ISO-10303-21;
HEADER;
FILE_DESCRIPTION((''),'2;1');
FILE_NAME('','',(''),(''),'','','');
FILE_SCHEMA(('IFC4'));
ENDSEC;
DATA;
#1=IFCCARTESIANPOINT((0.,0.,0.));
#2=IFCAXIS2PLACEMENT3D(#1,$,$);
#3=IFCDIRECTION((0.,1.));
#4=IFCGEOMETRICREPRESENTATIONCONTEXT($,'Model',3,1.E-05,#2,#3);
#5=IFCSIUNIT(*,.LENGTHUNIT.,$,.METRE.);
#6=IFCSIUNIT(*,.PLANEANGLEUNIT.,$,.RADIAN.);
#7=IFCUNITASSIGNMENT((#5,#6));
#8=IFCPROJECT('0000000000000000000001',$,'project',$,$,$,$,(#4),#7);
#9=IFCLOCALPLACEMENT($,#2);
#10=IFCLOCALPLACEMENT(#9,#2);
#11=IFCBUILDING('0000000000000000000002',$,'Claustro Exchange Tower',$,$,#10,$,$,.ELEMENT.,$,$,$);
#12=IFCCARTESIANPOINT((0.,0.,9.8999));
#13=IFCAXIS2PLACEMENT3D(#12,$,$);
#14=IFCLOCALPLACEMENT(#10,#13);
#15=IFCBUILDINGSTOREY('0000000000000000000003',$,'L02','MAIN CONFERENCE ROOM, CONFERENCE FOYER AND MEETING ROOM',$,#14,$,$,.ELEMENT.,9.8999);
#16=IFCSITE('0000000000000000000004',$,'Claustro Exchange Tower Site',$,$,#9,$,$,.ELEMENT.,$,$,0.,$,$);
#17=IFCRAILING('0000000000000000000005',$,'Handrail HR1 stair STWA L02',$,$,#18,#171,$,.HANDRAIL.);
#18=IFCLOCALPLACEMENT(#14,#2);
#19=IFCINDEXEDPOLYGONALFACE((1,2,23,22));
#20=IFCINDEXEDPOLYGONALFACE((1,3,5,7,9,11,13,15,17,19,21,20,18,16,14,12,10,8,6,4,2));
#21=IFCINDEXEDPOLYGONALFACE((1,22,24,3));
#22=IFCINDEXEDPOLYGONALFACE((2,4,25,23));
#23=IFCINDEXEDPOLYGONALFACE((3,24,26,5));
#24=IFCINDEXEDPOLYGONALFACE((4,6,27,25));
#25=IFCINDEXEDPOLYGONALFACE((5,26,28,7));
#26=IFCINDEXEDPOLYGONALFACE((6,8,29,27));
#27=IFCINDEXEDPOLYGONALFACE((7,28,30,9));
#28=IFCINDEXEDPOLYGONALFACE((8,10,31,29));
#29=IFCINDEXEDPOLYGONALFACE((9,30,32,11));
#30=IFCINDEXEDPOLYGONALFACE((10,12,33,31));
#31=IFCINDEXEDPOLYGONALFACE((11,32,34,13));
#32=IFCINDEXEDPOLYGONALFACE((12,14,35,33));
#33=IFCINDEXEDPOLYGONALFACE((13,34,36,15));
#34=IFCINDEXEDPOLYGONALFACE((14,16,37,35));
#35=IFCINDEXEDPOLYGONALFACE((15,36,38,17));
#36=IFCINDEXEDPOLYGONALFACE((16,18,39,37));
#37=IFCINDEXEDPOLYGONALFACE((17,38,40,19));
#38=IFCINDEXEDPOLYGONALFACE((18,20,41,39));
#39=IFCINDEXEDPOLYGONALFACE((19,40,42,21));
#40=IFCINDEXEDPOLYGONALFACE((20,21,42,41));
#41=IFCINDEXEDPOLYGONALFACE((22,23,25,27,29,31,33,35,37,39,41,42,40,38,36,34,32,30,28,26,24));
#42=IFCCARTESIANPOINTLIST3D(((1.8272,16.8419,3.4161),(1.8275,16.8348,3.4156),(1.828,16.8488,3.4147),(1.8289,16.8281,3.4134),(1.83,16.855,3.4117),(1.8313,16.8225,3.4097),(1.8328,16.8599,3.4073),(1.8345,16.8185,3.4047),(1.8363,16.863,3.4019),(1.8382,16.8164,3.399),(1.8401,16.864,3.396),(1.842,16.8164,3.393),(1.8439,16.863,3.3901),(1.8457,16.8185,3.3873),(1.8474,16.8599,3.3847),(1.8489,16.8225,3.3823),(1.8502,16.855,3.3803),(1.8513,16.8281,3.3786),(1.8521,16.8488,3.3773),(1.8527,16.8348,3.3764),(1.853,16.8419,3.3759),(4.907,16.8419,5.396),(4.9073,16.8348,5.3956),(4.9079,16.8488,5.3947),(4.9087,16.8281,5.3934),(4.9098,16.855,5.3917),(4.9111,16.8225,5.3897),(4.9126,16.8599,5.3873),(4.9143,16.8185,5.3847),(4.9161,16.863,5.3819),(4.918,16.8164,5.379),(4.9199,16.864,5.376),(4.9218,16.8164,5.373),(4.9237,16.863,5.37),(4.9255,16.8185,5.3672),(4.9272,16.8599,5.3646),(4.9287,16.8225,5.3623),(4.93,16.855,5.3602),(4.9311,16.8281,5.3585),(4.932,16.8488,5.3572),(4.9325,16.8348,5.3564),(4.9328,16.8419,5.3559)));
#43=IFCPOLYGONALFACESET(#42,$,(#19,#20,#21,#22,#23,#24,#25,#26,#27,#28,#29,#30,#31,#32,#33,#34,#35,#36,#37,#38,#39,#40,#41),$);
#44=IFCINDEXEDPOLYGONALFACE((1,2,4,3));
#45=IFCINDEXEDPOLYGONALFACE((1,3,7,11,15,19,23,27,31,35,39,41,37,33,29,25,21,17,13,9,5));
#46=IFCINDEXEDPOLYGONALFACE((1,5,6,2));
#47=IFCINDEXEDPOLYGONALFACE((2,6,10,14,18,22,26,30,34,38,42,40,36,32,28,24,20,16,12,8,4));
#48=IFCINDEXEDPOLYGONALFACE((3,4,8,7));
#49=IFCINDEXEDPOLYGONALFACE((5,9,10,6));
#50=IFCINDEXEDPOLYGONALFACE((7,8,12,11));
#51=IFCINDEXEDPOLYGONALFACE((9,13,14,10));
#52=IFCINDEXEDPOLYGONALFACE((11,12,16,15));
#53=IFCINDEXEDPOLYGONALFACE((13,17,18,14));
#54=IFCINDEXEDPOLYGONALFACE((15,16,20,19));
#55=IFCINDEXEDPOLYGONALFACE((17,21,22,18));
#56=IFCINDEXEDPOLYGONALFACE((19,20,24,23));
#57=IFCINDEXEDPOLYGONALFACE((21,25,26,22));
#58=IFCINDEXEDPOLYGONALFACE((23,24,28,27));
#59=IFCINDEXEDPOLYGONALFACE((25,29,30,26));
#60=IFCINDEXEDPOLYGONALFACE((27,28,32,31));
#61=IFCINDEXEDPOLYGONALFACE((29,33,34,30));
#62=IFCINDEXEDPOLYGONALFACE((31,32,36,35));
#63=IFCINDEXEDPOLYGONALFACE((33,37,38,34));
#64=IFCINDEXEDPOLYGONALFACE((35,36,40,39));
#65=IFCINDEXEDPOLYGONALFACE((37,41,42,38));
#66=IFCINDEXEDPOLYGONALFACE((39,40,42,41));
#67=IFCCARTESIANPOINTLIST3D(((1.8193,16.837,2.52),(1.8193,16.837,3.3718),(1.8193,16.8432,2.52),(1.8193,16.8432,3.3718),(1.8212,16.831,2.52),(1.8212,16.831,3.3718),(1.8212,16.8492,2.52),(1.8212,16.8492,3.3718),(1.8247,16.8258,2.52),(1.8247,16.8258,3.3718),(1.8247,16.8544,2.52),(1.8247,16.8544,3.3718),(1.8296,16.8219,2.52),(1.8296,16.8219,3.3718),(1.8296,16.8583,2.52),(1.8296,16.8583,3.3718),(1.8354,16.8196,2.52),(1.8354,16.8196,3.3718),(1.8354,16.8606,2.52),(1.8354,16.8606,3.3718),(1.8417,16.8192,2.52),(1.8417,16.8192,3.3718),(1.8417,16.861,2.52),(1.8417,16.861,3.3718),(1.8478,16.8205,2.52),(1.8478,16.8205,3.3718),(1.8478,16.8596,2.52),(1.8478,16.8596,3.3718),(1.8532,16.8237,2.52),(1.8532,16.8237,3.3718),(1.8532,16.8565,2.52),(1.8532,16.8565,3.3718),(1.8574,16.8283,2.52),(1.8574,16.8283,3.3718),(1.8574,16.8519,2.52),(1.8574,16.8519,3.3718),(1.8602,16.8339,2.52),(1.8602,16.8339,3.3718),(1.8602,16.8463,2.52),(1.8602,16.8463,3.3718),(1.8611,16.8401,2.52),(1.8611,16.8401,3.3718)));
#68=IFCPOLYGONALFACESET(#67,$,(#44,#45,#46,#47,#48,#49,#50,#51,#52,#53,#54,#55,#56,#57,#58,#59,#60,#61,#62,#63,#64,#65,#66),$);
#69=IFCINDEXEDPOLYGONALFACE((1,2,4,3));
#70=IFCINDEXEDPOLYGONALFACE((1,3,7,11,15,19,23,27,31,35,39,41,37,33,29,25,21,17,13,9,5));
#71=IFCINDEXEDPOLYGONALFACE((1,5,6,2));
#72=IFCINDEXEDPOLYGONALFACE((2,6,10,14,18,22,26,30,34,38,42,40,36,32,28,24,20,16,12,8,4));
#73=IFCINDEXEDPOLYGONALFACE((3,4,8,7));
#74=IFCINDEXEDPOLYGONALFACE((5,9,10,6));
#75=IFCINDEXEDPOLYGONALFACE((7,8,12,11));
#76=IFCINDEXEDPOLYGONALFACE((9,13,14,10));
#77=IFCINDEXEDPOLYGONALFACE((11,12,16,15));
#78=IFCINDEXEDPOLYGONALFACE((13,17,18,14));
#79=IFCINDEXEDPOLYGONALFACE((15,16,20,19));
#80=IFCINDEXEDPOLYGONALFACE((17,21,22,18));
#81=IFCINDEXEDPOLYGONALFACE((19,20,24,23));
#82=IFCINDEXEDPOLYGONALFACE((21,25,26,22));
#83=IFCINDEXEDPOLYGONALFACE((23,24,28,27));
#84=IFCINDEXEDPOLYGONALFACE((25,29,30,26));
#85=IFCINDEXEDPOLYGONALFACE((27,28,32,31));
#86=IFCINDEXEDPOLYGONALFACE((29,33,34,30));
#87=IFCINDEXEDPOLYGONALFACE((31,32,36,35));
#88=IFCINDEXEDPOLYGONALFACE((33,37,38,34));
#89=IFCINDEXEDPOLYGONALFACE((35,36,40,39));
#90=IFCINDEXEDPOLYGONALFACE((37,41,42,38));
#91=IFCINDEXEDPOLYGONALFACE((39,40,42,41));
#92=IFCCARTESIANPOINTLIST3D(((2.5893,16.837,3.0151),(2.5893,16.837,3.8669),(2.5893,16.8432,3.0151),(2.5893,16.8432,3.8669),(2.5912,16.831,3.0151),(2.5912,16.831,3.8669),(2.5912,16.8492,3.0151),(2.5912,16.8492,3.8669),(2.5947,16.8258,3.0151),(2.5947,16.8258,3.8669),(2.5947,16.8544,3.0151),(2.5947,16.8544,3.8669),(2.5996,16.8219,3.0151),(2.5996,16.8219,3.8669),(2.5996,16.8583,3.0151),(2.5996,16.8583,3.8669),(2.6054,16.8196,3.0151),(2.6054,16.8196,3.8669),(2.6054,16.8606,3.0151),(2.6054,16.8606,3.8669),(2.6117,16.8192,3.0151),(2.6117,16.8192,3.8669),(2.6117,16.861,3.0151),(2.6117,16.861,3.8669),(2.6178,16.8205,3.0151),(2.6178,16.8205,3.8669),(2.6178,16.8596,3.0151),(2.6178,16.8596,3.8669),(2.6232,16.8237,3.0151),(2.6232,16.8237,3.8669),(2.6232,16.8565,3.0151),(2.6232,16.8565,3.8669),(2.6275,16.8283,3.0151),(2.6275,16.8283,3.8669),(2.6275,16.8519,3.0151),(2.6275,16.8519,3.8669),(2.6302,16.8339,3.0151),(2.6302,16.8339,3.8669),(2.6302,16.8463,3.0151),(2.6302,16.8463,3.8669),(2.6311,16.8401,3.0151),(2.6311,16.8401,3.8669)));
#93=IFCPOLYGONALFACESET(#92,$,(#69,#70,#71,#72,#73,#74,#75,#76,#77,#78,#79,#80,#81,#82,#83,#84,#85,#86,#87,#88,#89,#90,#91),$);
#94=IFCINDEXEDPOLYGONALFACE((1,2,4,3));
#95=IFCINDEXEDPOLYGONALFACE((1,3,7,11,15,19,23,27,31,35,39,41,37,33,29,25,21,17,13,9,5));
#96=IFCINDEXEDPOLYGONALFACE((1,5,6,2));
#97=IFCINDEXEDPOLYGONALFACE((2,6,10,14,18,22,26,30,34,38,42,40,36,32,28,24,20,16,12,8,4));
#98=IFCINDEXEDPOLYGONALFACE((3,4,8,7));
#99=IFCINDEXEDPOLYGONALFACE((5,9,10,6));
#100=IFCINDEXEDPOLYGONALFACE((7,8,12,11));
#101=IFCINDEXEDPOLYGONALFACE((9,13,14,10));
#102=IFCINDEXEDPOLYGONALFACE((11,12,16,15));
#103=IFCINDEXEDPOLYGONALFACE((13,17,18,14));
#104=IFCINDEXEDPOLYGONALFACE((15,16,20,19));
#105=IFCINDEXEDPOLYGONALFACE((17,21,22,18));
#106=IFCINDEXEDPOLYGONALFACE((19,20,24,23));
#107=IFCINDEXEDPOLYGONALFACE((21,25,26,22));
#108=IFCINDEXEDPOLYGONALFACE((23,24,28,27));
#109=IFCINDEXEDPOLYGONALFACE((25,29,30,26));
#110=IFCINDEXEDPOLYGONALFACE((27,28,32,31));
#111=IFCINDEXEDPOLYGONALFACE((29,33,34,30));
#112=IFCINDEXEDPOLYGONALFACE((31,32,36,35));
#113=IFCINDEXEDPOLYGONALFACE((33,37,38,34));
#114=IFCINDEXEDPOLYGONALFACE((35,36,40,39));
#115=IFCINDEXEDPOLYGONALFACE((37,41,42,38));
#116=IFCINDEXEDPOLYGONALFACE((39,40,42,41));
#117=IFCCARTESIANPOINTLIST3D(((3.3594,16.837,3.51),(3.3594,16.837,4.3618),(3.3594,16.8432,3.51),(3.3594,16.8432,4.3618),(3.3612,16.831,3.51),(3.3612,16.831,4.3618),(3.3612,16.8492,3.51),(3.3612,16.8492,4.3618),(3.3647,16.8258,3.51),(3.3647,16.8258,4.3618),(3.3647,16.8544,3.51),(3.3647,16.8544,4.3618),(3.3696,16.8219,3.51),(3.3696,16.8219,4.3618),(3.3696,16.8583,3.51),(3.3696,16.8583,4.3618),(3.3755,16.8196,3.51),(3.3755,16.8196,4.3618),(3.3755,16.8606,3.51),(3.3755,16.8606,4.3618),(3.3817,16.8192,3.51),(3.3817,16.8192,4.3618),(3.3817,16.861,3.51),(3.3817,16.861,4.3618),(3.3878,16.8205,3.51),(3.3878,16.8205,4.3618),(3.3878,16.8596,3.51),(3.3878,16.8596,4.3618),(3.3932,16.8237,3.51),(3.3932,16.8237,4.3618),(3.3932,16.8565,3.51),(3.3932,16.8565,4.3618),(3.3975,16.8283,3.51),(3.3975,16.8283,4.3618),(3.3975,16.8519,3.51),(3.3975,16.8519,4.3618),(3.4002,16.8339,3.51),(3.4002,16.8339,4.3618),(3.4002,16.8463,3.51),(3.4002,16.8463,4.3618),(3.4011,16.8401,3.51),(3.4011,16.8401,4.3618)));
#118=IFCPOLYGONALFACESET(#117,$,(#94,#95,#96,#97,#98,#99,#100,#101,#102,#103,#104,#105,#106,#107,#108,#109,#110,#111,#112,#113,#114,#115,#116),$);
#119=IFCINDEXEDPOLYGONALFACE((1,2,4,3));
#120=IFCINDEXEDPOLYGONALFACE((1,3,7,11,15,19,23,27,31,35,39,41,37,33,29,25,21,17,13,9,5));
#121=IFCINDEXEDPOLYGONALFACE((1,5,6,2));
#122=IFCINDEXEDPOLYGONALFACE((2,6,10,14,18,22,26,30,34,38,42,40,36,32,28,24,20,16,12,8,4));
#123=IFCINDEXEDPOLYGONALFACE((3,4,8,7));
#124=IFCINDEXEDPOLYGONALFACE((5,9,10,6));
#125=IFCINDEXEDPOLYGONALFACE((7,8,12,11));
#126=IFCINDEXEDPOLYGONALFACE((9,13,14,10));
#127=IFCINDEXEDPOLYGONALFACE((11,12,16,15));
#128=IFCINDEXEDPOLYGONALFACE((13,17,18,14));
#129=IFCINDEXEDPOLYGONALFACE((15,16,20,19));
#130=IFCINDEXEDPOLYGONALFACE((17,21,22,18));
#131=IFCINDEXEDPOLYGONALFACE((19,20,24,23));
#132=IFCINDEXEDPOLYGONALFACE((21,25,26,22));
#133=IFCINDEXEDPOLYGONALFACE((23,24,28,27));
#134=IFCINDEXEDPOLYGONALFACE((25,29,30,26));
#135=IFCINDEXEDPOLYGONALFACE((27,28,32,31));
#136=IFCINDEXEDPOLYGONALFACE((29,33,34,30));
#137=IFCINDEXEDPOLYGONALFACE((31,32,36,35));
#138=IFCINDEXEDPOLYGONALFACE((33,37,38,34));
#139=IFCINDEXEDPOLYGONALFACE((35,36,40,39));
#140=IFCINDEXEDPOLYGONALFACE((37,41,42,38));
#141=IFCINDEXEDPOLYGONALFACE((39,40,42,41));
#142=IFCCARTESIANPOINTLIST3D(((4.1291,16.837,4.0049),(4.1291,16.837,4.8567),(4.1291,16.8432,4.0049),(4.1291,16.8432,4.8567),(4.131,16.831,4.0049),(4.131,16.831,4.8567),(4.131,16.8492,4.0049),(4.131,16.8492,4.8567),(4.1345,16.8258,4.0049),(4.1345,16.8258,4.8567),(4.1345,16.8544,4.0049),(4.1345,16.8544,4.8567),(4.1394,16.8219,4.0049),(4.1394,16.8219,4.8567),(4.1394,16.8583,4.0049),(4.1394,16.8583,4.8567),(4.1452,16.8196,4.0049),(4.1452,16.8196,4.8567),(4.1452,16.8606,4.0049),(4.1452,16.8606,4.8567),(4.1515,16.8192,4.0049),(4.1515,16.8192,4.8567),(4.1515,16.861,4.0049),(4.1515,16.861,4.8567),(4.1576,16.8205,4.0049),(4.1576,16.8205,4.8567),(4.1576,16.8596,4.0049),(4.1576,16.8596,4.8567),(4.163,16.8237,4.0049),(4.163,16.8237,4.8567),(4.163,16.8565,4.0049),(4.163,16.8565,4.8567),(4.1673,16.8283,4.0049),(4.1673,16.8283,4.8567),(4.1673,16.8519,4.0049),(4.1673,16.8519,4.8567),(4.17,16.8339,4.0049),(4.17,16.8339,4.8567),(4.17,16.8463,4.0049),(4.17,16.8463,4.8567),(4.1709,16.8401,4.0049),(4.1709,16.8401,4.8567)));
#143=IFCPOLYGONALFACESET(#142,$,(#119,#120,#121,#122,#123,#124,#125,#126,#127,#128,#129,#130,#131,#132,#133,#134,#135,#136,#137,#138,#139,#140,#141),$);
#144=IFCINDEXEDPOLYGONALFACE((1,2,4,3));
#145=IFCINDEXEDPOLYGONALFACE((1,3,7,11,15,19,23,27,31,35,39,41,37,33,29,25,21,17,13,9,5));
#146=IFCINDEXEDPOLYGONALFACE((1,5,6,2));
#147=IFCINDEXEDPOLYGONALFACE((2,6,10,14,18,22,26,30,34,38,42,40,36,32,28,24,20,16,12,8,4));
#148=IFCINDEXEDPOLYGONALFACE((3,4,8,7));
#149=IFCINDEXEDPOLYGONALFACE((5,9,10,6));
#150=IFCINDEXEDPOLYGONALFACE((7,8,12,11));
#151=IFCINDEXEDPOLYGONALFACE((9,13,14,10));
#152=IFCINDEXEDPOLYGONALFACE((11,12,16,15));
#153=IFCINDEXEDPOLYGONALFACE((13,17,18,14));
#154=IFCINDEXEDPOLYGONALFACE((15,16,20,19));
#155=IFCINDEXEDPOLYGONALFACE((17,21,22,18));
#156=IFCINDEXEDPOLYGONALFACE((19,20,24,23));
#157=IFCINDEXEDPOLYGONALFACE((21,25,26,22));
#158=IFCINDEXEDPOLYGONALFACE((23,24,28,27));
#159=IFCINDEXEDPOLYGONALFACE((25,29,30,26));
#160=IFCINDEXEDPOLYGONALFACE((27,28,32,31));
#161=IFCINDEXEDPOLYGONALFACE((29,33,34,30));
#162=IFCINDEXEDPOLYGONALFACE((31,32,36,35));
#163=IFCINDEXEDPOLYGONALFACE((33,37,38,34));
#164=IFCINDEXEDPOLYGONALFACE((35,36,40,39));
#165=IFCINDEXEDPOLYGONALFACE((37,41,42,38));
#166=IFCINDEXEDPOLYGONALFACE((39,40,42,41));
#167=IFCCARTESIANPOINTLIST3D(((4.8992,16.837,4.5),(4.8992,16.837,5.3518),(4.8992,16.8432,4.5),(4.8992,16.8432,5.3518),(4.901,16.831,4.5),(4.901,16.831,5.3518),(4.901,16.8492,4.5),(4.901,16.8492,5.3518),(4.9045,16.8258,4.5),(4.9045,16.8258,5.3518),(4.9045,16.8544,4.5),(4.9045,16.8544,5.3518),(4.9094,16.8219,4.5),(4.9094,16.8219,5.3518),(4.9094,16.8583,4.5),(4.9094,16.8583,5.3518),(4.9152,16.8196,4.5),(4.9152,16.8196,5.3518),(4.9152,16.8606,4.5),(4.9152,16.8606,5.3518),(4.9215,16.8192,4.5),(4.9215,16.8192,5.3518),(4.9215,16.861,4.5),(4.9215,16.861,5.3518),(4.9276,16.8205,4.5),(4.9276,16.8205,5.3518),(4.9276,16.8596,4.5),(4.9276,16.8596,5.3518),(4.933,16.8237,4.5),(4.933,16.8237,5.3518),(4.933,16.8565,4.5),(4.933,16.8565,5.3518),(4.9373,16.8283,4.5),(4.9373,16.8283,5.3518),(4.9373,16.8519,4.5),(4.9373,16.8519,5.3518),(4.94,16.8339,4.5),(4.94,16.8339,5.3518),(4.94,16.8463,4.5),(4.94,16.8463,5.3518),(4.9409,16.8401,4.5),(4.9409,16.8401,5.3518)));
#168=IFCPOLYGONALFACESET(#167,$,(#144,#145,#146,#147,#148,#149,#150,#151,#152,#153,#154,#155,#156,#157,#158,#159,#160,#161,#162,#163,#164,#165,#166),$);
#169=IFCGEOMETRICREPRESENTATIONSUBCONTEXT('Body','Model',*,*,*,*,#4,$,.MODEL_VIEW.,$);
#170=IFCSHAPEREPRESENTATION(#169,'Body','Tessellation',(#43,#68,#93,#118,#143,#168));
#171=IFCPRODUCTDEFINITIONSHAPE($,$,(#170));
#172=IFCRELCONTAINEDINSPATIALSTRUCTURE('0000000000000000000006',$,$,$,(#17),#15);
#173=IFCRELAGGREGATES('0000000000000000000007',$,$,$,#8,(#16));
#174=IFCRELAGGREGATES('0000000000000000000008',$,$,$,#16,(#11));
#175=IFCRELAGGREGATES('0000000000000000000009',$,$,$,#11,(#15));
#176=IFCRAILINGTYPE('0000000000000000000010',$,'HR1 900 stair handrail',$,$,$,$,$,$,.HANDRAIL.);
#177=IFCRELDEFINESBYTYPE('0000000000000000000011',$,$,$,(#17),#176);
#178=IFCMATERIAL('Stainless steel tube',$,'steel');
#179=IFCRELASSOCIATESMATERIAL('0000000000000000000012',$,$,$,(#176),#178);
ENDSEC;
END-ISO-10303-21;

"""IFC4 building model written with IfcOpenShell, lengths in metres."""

from ifc_helpers import new_model, si_unit, direction, frame, origin, origin_2d, place, context, subcontext, project, spatial, circle, extrude, material, type_object, element, save


model = new_model("IFC4")

# Units and contexts
model_context = context("Model", 3, precision=1e-05, world=origin(), true_north=direction((0.0, 1.0)))
body_context = subcontext(model_context, "Body", "Model", "MODEL_VIEW")
ifc_project = project(units=[si_unit("LENGTHUNIT", "METRE"), si_unit("PLANEANGLEUNIT", "RADIAN")], contexts=[model_context])

# Site, building, storey
site_placement = place(None, origin())
site = spatial("IfcSite", under=ifc_project, at=site_placement, Name="Claustro Exchange Tower Site", CompositionType="ELEMENT", RefElevation=0.0)
building_placement = place(site_placement, origin())
building = spatial("IfcBuilding", under=site, at=building_placement, Name="Claustro Exchange Tower", CompositionType="ELEMENT")
storey_placement = place(building_placement, frame((0.0, 0.0, 9.8999)))
storey = spatial("IfcBuildingStorey", under=building, at=storey_placement, Name="L02", Description="MAIN CONFERENCE ROOM, CONFERENCE FOYER AND MEETING ROOM", CompositionType="ELEMENT", Elevation=9.8999)

# Railing
ifc_material_1 = material(Name="Stainless steel tube", Category="steel")
railing_type_1 = type_object("IfcRailingType", Name="HR1 900 stair handrail", PredefinedType="HANDRAIL", material=ifc_material_1)
railing_1_placement = place(storey_placement, frame((1.8401, 16.8401, 2.52)))
element("IfcRailing", 1, at=railing_1_placement, inside=storey, type_object=railing_type_1, Name="Handrail HR1 stair STWA L02", PredefinedType="HANDRAIL", context=body_context, shape_type="SweptSolid", body=[
    extrude(circle(Radius=0.0239, at=origin_2d()), frame((0.0, 0.0, 0.876), z_axis=(0.841168, 0.0, 0.540774), x_axis=(0.0, 1.0, 0.0)), (0.0, 0.0, 1.0), 3.6614),
    extrude(circle(Radius=0.021, at=origin_2d()), origin(), (0.0, 0.0, 1.0), 0.8518),
    extrude(circle(Radius=0.021, at=origin_2d()), frame((0.77, 0.0, 0.4951)), (0.0, 0.0, 1.0), 0.8518),
    extrude(circle(Radius=0.021, at=origin_2d()), frame((1.54, 0.0, 0.99)), (0.0, 0.0, 1.0), 0.8518),
    extrude(circle(Radius=0.021, at=origin_2d()), frame((2.3098, 0.0, 1.4849)), (0.0, 0.0, 1.0), 0.8518),
    extrude(circle(Radius=0.021, at=origin_2d()), frame((3.0798, 0.0, 1.98)), (0.0, 0.0, 1.0), 0.8518),
])

save(model, "model.ifc")
